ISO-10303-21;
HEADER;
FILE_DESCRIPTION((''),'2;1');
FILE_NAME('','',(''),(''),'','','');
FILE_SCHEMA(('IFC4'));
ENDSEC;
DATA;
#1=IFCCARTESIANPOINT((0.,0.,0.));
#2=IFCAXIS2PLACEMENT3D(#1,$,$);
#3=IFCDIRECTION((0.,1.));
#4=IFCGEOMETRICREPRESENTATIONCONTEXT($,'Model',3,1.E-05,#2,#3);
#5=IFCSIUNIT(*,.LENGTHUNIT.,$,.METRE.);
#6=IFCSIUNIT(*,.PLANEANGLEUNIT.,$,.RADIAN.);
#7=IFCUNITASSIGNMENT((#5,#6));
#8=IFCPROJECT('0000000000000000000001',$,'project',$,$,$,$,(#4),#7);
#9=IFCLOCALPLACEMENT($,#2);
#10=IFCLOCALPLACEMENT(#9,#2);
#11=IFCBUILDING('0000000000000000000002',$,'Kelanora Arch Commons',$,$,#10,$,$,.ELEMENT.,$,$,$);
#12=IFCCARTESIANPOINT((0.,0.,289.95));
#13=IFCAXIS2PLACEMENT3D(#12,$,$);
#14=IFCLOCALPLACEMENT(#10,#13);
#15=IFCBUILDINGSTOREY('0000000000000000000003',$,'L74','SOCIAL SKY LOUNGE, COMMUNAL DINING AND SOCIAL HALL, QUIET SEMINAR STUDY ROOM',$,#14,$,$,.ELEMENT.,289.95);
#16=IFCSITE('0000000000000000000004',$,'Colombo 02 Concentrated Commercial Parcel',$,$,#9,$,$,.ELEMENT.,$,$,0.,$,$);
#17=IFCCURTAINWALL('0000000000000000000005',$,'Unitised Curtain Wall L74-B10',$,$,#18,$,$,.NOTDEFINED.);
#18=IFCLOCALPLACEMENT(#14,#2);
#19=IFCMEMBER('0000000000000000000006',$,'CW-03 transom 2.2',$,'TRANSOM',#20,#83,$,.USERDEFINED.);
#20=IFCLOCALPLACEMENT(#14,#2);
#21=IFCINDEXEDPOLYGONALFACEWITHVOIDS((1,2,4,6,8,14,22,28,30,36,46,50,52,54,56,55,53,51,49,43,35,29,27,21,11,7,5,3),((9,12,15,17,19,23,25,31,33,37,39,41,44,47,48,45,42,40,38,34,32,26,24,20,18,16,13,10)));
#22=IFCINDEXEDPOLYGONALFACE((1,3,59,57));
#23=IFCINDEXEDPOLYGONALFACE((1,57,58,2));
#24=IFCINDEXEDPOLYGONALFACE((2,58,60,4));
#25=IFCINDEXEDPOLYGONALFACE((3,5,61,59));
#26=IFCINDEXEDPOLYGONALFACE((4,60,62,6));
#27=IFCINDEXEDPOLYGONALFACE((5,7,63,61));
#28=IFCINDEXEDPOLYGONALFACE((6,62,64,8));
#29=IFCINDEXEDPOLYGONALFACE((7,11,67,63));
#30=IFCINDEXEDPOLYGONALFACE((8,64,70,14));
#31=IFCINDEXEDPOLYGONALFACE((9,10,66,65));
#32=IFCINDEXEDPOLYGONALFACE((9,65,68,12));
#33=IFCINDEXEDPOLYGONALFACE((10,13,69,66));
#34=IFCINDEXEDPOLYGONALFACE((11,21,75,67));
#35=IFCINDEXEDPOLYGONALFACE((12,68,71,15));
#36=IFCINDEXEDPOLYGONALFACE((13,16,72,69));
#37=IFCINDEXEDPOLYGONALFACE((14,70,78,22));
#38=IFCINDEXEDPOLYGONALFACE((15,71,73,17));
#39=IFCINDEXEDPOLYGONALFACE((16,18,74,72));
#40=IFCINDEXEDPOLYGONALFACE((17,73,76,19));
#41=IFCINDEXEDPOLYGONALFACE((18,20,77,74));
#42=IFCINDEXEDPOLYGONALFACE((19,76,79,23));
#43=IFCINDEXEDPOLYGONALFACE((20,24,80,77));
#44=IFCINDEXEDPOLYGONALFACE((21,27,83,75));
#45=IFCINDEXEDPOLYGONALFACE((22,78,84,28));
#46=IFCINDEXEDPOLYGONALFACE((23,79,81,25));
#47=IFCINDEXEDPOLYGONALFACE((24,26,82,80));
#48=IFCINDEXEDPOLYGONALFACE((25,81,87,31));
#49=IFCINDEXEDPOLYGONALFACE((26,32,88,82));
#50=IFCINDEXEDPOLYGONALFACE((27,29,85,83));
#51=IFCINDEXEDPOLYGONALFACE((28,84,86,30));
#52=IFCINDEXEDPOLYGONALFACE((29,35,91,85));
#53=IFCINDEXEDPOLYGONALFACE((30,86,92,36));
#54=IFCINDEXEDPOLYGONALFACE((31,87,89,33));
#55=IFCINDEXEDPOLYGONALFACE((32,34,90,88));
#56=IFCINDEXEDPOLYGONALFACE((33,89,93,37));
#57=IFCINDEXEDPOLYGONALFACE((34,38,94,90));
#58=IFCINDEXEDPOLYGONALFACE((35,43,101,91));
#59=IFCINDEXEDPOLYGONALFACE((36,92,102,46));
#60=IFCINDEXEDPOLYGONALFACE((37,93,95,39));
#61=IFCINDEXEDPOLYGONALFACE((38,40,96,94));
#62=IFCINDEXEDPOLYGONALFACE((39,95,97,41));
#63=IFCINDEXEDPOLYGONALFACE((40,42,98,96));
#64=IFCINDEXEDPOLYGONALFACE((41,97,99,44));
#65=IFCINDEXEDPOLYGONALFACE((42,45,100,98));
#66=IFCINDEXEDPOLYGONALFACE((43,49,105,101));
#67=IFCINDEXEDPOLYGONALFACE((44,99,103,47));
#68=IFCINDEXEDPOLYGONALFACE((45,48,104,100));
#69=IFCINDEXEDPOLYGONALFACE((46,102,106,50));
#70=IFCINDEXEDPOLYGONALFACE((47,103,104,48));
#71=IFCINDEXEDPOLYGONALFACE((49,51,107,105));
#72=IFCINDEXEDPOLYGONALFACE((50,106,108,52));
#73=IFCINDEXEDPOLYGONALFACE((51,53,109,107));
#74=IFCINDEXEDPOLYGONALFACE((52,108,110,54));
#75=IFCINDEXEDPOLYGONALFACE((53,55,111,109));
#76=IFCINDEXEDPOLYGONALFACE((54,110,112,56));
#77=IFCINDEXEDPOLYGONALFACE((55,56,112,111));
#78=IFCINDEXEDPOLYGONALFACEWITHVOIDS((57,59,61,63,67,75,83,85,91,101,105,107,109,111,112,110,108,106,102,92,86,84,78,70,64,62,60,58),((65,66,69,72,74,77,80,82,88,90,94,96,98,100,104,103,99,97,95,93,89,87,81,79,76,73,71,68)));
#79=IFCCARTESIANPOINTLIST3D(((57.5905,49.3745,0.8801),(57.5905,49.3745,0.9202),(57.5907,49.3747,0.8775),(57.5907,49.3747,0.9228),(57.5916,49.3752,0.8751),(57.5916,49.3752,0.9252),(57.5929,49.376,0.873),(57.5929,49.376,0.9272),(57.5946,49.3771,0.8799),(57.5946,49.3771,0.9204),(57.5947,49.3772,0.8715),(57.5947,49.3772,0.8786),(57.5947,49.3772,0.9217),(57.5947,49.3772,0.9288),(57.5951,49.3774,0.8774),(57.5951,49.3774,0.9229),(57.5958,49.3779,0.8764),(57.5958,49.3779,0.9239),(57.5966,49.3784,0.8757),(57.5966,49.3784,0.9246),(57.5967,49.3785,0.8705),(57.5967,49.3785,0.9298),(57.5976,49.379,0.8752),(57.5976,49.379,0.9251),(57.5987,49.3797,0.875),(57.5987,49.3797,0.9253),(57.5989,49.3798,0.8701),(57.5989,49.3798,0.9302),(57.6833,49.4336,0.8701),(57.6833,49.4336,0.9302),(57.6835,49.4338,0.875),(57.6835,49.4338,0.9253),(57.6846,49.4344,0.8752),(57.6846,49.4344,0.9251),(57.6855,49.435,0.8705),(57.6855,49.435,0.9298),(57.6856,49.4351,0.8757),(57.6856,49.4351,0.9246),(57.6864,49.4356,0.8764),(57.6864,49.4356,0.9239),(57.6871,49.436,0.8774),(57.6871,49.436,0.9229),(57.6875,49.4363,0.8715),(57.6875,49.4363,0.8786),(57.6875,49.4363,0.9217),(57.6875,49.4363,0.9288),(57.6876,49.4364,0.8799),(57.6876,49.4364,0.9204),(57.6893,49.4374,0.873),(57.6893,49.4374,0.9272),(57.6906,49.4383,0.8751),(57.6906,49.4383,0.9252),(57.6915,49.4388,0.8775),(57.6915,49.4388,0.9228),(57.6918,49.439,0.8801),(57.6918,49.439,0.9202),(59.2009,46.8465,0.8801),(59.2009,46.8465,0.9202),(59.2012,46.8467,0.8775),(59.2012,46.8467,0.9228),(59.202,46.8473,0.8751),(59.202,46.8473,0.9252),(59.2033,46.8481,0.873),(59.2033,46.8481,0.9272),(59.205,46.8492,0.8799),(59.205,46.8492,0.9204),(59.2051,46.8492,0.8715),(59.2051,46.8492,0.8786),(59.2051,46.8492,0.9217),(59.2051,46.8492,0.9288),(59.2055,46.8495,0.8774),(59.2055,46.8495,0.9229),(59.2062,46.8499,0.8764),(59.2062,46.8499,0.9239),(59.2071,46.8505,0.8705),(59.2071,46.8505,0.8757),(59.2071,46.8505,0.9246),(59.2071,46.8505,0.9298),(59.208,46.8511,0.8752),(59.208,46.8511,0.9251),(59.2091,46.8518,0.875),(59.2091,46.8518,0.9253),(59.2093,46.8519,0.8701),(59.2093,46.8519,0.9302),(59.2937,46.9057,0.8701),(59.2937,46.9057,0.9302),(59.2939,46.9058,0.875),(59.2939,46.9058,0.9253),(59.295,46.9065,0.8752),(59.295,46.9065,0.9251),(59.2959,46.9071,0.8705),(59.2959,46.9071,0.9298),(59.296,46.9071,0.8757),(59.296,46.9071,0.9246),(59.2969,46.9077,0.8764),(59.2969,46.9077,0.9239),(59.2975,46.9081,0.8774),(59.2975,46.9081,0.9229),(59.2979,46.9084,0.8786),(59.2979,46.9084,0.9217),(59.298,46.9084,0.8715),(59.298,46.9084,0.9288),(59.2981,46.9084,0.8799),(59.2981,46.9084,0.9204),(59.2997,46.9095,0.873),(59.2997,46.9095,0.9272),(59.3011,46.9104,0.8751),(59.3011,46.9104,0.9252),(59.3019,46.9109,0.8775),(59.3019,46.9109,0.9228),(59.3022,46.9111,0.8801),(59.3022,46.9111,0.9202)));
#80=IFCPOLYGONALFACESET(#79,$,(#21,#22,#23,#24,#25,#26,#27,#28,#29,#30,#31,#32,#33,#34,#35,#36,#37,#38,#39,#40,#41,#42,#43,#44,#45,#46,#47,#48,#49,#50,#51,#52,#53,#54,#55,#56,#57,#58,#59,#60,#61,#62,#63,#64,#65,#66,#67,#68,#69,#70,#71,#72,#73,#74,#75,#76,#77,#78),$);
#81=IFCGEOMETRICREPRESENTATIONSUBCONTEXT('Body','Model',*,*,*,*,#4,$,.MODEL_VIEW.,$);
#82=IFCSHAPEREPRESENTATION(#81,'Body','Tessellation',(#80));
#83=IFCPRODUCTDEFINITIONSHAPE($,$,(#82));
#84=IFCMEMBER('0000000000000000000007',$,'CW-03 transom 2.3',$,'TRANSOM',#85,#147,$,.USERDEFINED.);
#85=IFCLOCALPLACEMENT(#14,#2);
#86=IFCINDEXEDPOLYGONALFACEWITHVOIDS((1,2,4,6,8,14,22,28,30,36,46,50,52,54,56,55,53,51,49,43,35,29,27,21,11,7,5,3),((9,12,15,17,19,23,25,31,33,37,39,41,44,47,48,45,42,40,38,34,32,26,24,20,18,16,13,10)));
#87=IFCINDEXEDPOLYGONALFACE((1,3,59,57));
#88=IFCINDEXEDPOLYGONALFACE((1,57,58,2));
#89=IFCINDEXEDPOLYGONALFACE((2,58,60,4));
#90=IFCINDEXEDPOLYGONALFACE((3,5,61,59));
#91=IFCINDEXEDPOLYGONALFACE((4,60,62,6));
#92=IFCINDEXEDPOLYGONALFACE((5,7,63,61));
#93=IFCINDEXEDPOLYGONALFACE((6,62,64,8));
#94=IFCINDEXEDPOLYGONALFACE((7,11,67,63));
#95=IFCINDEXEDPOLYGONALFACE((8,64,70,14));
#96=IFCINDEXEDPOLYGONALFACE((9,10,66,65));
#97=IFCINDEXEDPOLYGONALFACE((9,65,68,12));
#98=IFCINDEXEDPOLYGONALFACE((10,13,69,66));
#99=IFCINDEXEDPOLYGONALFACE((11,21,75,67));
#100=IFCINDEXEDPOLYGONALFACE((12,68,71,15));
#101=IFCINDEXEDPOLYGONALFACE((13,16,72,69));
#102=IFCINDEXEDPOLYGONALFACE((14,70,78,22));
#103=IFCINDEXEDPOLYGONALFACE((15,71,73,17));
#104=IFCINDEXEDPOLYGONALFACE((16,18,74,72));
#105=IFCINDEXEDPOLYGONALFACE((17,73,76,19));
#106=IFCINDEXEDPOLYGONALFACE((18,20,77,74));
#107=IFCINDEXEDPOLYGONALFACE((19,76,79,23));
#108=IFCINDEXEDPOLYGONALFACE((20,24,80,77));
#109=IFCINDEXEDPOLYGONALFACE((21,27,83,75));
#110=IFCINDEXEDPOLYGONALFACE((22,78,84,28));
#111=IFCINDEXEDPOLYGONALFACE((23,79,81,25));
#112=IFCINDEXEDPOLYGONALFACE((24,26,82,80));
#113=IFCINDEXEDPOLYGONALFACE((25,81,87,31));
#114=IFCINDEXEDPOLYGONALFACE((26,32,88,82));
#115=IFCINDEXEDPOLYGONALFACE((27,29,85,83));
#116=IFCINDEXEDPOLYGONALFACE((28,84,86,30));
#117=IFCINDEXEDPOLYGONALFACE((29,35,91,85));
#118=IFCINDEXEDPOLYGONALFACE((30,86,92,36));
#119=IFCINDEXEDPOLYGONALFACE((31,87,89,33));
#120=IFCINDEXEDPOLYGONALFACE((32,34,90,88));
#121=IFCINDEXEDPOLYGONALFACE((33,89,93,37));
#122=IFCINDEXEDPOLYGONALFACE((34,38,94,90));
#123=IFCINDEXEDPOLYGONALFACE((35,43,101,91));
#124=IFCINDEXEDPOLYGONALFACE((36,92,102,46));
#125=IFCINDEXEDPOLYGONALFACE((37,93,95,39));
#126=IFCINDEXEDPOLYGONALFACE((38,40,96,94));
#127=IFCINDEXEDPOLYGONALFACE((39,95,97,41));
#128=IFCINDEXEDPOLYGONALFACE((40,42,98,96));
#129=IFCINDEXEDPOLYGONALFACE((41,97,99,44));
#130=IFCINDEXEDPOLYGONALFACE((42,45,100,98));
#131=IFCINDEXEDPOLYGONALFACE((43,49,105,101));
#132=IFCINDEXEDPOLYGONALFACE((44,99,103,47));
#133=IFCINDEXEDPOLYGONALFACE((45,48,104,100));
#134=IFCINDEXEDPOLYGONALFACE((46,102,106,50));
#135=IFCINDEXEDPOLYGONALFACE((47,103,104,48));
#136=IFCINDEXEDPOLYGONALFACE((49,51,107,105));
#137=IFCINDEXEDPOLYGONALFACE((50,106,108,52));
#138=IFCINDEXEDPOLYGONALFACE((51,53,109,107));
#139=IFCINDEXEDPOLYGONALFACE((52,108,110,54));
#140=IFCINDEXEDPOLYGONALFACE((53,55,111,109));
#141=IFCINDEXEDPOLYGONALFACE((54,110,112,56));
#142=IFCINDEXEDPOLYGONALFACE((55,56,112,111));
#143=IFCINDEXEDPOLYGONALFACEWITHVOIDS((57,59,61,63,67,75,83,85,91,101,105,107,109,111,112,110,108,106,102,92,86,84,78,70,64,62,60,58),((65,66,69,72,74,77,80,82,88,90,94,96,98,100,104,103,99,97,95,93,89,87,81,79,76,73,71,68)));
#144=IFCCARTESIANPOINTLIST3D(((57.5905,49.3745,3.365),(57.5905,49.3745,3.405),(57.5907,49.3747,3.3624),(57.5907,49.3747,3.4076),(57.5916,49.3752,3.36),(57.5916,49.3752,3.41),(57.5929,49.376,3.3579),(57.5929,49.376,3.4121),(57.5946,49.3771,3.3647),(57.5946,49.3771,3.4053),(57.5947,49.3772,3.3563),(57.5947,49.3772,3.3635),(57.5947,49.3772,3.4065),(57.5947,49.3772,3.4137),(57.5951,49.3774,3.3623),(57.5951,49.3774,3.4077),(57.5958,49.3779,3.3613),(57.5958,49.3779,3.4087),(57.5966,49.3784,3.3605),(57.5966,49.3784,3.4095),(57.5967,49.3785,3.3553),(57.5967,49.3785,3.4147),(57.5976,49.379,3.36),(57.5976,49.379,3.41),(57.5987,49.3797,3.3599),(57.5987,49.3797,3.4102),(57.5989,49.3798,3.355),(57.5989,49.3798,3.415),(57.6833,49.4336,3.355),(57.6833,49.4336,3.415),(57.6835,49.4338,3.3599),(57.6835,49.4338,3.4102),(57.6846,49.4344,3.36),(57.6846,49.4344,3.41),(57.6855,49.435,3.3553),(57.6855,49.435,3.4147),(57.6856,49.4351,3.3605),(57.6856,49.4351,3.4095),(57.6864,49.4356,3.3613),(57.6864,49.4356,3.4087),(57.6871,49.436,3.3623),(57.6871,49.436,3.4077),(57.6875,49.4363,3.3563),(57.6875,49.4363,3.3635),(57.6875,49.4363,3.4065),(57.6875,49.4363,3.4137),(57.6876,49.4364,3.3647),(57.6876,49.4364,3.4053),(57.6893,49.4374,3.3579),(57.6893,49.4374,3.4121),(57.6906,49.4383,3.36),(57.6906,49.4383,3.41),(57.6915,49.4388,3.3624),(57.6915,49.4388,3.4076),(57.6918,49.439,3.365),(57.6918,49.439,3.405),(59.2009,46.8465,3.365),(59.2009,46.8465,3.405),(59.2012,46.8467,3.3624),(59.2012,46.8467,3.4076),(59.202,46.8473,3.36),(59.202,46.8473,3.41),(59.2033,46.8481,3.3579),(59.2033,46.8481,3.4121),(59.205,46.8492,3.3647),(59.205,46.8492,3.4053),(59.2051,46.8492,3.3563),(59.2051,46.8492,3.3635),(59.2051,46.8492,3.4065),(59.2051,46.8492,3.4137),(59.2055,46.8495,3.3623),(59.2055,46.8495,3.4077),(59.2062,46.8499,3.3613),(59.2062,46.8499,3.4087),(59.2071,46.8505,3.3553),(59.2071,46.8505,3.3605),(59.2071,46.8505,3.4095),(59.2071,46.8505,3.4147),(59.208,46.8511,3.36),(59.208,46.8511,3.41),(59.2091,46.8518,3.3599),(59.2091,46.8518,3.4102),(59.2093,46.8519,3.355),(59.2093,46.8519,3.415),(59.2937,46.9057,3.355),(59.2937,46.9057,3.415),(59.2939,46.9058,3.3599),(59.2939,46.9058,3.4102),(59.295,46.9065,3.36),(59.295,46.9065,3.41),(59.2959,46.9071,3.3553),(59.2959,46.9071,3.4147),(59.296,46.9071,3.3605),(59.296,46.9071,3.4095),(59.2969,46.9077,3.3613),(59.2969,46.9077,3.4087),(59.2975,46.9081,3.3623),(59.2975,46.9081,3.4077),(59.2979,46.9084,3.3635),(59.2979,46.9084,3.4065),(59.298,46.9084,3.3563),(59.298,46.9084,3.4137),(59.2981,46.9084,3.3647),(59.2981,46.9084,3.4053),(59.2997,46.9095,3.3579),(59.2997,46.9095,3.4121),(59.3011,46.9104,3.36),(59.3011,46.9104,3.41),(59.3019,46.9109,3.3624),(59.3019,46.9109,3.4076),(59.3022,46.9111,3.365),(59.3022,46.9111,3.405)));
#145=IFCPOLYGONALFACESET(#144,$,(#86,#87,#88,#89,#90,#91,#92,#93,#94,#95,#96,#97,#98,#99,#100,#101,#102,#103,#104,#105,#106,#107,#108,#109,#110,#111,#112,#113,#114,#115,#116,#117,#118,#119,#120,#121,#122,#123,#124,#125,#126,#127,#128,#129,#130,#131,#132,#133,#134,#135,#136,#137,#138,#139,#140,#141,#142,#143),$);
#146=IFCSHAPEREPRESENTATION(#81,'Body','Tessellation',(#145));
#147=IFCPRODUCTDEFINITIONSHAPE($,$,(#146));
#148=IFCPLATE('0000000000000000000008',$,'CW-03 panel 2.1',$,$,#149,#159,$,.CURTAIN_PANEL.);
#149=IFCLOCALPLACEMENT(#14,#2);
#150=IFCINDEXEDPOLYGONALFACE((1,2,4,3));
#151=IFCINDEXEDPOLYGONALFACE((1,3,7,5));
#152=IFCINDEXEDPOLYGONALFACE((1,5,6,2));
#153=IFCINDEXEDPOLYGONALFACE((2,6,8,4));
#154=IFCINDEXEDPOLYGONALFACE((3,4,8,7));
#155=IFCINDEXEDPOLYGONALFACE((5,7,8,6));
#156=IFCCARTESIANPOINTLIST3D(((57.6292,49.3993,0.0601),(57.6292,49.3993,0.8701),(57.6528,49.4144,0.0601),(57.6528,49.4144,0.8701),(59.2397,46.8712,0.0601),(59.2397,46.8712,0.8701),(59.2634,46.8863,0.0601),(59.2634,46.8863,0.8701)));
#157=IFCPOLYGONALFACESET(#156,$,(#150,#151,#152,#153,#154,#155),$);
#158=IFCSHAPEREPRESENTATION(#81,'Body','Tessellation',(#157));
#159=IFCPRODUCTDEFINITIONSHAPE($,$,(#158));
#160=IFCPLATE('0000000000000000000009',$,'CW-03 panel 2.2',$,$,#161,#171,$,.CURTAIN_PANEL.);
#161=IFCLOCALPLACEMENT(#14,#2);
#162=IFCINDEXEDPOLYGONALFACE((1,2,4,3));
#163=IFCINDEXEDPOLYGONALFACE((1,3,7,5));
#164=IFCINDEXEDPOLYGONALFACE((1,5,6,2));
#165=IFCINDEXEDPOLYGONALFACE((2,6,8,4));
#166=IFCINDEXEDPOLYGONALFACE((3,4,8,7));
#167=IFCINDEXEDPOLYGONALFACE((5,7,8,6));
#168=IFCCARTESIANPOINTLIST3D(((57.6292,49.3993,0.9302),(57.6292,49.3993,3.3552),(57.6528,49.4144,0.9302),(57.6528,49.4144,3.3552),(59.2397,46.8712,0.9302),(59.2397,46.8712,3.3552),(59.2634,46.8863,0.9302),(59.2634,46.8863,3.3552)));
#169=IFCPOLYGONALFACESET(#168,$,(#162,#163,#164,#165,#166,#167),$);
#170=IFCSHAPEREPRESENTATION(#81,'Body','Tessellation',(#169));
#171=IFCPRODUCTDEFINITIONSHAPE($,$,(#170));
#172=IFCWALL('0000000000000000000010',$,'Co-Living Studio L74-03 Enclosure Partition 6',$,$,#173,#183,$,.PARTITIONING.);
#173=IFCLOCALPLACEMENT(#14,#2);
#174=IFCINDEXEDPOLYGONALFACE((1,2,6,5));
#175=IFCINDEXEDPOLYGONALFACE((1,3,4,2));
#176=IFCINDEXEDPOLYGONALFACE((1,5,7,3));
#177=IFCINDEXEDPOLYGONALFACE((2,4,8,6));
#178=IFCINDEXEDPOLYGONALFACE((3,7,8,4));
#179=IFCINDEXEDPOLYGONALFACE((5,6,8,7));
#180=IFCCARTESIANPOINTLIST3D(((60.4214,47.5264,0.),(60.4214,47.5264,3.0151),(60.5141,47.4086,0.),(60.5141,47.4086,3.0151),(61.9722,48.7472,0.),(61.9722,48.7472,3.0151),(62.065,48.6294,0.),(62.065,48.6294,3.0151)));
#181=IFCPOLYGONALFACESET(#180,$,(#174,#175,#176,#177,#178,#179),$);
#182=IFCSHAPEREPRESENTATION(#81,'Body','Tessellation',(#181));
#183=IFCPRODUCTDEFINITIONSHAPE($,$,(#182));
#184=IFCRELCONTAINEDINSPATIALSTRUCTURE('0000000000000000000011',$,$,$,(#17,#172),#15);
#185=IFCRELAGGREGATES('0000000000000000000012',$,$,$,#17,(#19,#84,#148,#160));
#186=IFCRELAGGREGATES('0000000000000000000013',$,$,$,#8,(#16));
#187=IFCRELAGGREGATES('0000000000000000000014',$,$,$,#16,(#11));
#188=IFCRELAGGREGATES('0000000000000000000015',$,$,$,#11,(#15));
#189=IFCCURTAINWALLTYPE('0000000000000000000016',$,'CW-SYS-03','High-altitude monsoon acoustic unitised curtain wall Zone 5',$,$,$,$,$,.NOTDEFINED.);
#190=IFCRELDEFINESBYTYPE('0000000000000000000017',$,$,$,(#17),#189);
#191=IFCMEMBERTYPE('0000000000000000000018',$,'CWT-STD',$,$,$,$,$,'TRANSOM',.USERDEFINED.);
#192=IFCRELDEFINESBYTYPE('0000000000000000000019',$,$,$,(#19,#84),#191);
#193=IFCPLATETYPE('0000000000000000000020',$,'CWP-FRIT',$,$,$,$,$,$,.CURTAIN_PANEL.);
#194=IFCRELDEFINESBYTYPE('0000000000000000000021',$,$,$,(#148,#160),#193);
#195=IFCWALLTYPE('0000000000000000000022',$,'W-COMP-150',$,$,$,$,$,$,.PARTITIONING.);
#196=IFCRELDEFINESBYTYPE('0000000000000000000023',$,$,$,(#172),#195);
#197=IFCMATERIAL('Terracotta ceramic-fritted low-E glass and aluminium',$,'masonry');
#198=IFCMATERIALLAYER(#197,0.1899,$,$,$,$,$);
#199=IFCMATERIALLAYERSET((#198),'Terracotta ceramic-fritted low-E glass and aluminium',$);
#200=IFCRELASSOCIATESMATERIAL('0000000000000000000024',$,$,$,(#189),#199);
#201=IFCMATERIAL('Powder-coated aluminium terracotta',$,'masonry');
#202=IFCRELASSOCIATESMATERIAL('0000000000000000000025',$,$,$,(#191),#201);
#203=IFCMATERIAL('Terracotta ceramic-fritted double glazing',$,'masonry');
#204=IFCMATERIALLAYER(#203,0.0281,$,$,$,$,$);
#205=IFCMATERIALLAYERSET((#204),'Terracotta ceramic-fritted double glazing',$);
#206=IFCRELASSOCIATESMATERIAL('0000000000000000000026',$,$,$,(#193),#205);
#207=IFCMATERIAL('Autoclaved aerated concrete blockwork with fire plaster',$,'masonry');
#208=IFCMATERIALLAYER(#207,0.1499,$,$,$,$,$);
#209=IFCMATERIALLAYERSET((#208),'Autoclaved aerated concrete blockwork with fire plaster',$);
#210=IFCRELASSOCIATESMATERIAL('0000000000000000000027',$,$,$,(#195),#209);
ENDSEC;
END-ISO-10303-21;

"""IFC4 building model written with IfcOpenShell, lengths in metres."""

from ifc_helpers import new_model, si_unit, direction, frame, frame_2d, origin, origin_2d, place, context, subcontext, project, spatial, rectangle, hollow_rectangle, extrude, source, transform, mapped, material, layer, layer_set, material_profile, profile_set, type_object, element, aggregate, save


model = new_model("IFC4")

# Units and contexts
model_context = context("Model", 3, precision=1e-05, world=origin(), true_north=direction((0.0, 1.0)))
body_context = subcontext(model_context, "Body", "Model", "MODEL_VIEW")
ifc_project = project(units=[si_unit("LENGTHUNIT", "METRE"), si_unit("PLANEANGLEUNIT", "RADIAN")], contexts=[model_context])

# Site, building, storey
site_placement = place(None, origin())
site = spatial("IfcSite", under=ifc_project, at=site_placement, Name="Colombo 02 Concentrated Commercial Parcel", CompositionType="ELEMENT", RefElevation=0.0)
building_placement = place(site_placement, origin())
building = spatial("IfcBuilding", under=site, at=building_placement, Name="Kelanora Arch Commons", CompositionType="ELEMENT")
storey_placement = place(building_placement, frame((0.0, 0.0, 289.95)))
storey = spatial("IfcBuildingStorey", under=building, at=storey_placement, Name="L74", Description="SOCIAL SKY LOUNGE, COMMUNAL DINING AND SOCIAL HALL, QUIET SEMINAR STUDY ROOM", CompositionType="ELEMENT", Elevation=289.95)

# Curtain wall, members, plates
ifc_material_1 = material(Name="Terracotta ceramic-fritted low-E glass and aluminium", Category="masonry")
ifc_layer_1 = layer(ifc_material_1, 0.1899)
ifc_layer_set_1 = layer_set([ifc_layer_1], Name="Terracotta ceramic-fritted low-E glass and aluminium")
curtain_wall_type = type_object("IfcCurtainWallType", Name="CW-SYS-03", Description="High-altitude monsoon acoustic unitised curtain wall Zone 5", PredefinedType="NOTDEFINED", material=ifc_layer_set_1)
curtain_wall_placement = place(storey_placement, origin())
curtain_wall = element("IfcCurtainWall", 1, at=curtain_wall_placement, inside=storey, type_object=curtain_wall_type, Name="Unitised Curtain Wall L74-B10", PredefinedType="NOTDEFINED")
ifc_material_2 = material(Name="Powder-coated aluminium terracotta", Category="masonry")
ifc_material_profile_1 = material_profile(ifc_material_2, hollow_rectangle(XDim=0.1201, YDim=0.0601, WallThickness=0.0049, InnerFilletRadius=0.0049, OuterFilletRadius=0.01, at=origin_2d()), Name="CWT120x60")
ifc_profile_set_1 = profile_set([ifc_material_profile_1], Name="Powder-coated aluminium terracotta")
member_type_1 = type_object("IfcMemberType", Name="CWT-STD", ElementType="TRANSOM", PredefinedType="USERDEFINED", material=ifc_profile_set_1)
member_1_placement = place(storey_placement, frame((57.6411, 49.4067, 0.9001), z_axis=(0.537287, -0.8434, 0.0), x_axis=(0.8434, 0.537287, 0.0)))
member_1 = element("IfcMember", 2, at=member_1_placement, type_object=member_type_1, Name="CW-03 transom 2.2", ObjectType="TRANSOM", PredefinedType="USERDEFINED", context=body_context, shape_type="SweptSolid", body=[
    extrude(hollow_rectangle(XDim=0.1201, YDim=0.0601, WallThickness=0.0049, InnerFilletRadius=0.0049, OuterFilletRadius=0.01, at=origin_2d()), origin(), (0.0, 0.0, 1.0), 2.9973),
])
member_2_placement = place(storey_placement, frame((57.6411, 49.4067, 3.385), z_axis=(0.537287, -0.8434, 0.0), x_axis=(0.8434, 0.537287, 0.0)))
member_2 = element("IfcMember", 3, at=member_2_placement, type_object=member_type_1, Name="CW-03 transom 2.3", ObjectType="TRANSOM", PredefinedType="USERDEFINED", context=body_context, shape_type="SweptSolid", body=[
    extrude(hollow_rectangle(XDim=0.1201, YDim=0.0601, WallThickness=0.0049, InnerFilletRadius=0.0049, OuterFilletRadius=0.01, at=origin_2d()), origin(), (0.0, 0.0, 1.0), 2.9973),
])
ifc_material_3 = material(Name="Terracotta ceramic-fritted double glazing", Category="masonry")
ifc_layer_2 = layer(ifc_material_3, 0.0281)
ifc_layer_set_2 = layer_set([ifc_layer_2], Name="Terracotta ceramic-fritted double glazing")
plate_type = type_object("IfcPlateType", Name="CWP-FRIT", PredefinedType="CURTAIN_PANEL", material=ifc_layer_set_2)
shared_shape_1 = source(origin(), body_context, "Body", "SweptSolid", [
    extrude(rectangle(XDim=2.9976, YDim=0.0281, at=origin_2d()), origin(), (0.0, 0.0, 1.0), 0.8101),
])
plate_1_placement = place(storey_placement, frame((58.4463, 48.1428, 0.0601), z_axis=(0.0, 0.0, 1.0), x_axis=(0.5373, -0.843391, 0.0)))
plate_1 = element("IfcPlate", 4, at=plate_1_placement, type_object=plate_type, Name="CW-03 panel 2.1", PredefinedType="CURTAIN_PANEL", context=body_context, shape_type="MappedRepresentation", body=[
    mapped(shared_shape_1, transform((0.0, 0.0, 0.0), scale=1.0)),
])
shared_shape_2 = source(origin(), body_context, "Body", "SweptSolid", [
    extrude(rectangle(XDim=2.9976, YDim=0.0281, at=origin_2d()), origin(), (0.0, 0.0, 1.0), 2.425),
])
plate_2_placement = place(storey_placement, frame((58.4463, 48.1428, 0.9302), z_axis=(0.0, 0.0, 1.0), x_axis=(0.5373, -0.843391, 0.0)))
plate_2 = element("IfcPlate", 5, at=plate_2_placement, type_object=plate_type, Name="CW-03 panel 2.2", PredefinedType="CURTAIN_PANEL", context=body_context, shape_type="MappedRepresentation", body=[
    mapped(shared_shape_2, transform((0.0, 0.0, 0.0), scale=1.0)),
])
aggregate(curtain_wall, [member_1, member_2, plate_1, plate_2])

# Wall
ifc_material_4 = material(Name="Autoclaved aerated concrete blockwork with fire plaster", Category="masonry")
ifc_layer_3 = layer(ifc_material_4, 0.1499)
ifc_layer_set_3 = layer_set([ifc_layer_3], Name="Autoclaved aerated concrete blockwork with fire plaster")
wall_type_1 = type_object("IfcWallType", Name="W-COMP-150", PredefinedType="PARTITIONING", material=ifc_layer_set_3)
wall_1_placement = place(storey_placement, frame((60.4678, 47.4675, 0.0), z_axis=(0.0, 0.0, 1.0), x_axis=(0.785769, 0.618521, 0.0)))
element("IfcWall", 6, at=wall_1_placement, inside=storey, type_object=wall_type_1, Name="Co-Living Studio L74-03 Enclosure Partition 6", PredefinedType="PARTITIONING", context=body_context, shape_type="SweptSolid", body=[
    extrude(rectangle(XDim=1.9736, YDim=0.1499, at=frame_2d((0.9868, 0.0))), origin(), (0.0, 0.0, 1.0), 3.0151),
])

save(model, "model.ifc")
